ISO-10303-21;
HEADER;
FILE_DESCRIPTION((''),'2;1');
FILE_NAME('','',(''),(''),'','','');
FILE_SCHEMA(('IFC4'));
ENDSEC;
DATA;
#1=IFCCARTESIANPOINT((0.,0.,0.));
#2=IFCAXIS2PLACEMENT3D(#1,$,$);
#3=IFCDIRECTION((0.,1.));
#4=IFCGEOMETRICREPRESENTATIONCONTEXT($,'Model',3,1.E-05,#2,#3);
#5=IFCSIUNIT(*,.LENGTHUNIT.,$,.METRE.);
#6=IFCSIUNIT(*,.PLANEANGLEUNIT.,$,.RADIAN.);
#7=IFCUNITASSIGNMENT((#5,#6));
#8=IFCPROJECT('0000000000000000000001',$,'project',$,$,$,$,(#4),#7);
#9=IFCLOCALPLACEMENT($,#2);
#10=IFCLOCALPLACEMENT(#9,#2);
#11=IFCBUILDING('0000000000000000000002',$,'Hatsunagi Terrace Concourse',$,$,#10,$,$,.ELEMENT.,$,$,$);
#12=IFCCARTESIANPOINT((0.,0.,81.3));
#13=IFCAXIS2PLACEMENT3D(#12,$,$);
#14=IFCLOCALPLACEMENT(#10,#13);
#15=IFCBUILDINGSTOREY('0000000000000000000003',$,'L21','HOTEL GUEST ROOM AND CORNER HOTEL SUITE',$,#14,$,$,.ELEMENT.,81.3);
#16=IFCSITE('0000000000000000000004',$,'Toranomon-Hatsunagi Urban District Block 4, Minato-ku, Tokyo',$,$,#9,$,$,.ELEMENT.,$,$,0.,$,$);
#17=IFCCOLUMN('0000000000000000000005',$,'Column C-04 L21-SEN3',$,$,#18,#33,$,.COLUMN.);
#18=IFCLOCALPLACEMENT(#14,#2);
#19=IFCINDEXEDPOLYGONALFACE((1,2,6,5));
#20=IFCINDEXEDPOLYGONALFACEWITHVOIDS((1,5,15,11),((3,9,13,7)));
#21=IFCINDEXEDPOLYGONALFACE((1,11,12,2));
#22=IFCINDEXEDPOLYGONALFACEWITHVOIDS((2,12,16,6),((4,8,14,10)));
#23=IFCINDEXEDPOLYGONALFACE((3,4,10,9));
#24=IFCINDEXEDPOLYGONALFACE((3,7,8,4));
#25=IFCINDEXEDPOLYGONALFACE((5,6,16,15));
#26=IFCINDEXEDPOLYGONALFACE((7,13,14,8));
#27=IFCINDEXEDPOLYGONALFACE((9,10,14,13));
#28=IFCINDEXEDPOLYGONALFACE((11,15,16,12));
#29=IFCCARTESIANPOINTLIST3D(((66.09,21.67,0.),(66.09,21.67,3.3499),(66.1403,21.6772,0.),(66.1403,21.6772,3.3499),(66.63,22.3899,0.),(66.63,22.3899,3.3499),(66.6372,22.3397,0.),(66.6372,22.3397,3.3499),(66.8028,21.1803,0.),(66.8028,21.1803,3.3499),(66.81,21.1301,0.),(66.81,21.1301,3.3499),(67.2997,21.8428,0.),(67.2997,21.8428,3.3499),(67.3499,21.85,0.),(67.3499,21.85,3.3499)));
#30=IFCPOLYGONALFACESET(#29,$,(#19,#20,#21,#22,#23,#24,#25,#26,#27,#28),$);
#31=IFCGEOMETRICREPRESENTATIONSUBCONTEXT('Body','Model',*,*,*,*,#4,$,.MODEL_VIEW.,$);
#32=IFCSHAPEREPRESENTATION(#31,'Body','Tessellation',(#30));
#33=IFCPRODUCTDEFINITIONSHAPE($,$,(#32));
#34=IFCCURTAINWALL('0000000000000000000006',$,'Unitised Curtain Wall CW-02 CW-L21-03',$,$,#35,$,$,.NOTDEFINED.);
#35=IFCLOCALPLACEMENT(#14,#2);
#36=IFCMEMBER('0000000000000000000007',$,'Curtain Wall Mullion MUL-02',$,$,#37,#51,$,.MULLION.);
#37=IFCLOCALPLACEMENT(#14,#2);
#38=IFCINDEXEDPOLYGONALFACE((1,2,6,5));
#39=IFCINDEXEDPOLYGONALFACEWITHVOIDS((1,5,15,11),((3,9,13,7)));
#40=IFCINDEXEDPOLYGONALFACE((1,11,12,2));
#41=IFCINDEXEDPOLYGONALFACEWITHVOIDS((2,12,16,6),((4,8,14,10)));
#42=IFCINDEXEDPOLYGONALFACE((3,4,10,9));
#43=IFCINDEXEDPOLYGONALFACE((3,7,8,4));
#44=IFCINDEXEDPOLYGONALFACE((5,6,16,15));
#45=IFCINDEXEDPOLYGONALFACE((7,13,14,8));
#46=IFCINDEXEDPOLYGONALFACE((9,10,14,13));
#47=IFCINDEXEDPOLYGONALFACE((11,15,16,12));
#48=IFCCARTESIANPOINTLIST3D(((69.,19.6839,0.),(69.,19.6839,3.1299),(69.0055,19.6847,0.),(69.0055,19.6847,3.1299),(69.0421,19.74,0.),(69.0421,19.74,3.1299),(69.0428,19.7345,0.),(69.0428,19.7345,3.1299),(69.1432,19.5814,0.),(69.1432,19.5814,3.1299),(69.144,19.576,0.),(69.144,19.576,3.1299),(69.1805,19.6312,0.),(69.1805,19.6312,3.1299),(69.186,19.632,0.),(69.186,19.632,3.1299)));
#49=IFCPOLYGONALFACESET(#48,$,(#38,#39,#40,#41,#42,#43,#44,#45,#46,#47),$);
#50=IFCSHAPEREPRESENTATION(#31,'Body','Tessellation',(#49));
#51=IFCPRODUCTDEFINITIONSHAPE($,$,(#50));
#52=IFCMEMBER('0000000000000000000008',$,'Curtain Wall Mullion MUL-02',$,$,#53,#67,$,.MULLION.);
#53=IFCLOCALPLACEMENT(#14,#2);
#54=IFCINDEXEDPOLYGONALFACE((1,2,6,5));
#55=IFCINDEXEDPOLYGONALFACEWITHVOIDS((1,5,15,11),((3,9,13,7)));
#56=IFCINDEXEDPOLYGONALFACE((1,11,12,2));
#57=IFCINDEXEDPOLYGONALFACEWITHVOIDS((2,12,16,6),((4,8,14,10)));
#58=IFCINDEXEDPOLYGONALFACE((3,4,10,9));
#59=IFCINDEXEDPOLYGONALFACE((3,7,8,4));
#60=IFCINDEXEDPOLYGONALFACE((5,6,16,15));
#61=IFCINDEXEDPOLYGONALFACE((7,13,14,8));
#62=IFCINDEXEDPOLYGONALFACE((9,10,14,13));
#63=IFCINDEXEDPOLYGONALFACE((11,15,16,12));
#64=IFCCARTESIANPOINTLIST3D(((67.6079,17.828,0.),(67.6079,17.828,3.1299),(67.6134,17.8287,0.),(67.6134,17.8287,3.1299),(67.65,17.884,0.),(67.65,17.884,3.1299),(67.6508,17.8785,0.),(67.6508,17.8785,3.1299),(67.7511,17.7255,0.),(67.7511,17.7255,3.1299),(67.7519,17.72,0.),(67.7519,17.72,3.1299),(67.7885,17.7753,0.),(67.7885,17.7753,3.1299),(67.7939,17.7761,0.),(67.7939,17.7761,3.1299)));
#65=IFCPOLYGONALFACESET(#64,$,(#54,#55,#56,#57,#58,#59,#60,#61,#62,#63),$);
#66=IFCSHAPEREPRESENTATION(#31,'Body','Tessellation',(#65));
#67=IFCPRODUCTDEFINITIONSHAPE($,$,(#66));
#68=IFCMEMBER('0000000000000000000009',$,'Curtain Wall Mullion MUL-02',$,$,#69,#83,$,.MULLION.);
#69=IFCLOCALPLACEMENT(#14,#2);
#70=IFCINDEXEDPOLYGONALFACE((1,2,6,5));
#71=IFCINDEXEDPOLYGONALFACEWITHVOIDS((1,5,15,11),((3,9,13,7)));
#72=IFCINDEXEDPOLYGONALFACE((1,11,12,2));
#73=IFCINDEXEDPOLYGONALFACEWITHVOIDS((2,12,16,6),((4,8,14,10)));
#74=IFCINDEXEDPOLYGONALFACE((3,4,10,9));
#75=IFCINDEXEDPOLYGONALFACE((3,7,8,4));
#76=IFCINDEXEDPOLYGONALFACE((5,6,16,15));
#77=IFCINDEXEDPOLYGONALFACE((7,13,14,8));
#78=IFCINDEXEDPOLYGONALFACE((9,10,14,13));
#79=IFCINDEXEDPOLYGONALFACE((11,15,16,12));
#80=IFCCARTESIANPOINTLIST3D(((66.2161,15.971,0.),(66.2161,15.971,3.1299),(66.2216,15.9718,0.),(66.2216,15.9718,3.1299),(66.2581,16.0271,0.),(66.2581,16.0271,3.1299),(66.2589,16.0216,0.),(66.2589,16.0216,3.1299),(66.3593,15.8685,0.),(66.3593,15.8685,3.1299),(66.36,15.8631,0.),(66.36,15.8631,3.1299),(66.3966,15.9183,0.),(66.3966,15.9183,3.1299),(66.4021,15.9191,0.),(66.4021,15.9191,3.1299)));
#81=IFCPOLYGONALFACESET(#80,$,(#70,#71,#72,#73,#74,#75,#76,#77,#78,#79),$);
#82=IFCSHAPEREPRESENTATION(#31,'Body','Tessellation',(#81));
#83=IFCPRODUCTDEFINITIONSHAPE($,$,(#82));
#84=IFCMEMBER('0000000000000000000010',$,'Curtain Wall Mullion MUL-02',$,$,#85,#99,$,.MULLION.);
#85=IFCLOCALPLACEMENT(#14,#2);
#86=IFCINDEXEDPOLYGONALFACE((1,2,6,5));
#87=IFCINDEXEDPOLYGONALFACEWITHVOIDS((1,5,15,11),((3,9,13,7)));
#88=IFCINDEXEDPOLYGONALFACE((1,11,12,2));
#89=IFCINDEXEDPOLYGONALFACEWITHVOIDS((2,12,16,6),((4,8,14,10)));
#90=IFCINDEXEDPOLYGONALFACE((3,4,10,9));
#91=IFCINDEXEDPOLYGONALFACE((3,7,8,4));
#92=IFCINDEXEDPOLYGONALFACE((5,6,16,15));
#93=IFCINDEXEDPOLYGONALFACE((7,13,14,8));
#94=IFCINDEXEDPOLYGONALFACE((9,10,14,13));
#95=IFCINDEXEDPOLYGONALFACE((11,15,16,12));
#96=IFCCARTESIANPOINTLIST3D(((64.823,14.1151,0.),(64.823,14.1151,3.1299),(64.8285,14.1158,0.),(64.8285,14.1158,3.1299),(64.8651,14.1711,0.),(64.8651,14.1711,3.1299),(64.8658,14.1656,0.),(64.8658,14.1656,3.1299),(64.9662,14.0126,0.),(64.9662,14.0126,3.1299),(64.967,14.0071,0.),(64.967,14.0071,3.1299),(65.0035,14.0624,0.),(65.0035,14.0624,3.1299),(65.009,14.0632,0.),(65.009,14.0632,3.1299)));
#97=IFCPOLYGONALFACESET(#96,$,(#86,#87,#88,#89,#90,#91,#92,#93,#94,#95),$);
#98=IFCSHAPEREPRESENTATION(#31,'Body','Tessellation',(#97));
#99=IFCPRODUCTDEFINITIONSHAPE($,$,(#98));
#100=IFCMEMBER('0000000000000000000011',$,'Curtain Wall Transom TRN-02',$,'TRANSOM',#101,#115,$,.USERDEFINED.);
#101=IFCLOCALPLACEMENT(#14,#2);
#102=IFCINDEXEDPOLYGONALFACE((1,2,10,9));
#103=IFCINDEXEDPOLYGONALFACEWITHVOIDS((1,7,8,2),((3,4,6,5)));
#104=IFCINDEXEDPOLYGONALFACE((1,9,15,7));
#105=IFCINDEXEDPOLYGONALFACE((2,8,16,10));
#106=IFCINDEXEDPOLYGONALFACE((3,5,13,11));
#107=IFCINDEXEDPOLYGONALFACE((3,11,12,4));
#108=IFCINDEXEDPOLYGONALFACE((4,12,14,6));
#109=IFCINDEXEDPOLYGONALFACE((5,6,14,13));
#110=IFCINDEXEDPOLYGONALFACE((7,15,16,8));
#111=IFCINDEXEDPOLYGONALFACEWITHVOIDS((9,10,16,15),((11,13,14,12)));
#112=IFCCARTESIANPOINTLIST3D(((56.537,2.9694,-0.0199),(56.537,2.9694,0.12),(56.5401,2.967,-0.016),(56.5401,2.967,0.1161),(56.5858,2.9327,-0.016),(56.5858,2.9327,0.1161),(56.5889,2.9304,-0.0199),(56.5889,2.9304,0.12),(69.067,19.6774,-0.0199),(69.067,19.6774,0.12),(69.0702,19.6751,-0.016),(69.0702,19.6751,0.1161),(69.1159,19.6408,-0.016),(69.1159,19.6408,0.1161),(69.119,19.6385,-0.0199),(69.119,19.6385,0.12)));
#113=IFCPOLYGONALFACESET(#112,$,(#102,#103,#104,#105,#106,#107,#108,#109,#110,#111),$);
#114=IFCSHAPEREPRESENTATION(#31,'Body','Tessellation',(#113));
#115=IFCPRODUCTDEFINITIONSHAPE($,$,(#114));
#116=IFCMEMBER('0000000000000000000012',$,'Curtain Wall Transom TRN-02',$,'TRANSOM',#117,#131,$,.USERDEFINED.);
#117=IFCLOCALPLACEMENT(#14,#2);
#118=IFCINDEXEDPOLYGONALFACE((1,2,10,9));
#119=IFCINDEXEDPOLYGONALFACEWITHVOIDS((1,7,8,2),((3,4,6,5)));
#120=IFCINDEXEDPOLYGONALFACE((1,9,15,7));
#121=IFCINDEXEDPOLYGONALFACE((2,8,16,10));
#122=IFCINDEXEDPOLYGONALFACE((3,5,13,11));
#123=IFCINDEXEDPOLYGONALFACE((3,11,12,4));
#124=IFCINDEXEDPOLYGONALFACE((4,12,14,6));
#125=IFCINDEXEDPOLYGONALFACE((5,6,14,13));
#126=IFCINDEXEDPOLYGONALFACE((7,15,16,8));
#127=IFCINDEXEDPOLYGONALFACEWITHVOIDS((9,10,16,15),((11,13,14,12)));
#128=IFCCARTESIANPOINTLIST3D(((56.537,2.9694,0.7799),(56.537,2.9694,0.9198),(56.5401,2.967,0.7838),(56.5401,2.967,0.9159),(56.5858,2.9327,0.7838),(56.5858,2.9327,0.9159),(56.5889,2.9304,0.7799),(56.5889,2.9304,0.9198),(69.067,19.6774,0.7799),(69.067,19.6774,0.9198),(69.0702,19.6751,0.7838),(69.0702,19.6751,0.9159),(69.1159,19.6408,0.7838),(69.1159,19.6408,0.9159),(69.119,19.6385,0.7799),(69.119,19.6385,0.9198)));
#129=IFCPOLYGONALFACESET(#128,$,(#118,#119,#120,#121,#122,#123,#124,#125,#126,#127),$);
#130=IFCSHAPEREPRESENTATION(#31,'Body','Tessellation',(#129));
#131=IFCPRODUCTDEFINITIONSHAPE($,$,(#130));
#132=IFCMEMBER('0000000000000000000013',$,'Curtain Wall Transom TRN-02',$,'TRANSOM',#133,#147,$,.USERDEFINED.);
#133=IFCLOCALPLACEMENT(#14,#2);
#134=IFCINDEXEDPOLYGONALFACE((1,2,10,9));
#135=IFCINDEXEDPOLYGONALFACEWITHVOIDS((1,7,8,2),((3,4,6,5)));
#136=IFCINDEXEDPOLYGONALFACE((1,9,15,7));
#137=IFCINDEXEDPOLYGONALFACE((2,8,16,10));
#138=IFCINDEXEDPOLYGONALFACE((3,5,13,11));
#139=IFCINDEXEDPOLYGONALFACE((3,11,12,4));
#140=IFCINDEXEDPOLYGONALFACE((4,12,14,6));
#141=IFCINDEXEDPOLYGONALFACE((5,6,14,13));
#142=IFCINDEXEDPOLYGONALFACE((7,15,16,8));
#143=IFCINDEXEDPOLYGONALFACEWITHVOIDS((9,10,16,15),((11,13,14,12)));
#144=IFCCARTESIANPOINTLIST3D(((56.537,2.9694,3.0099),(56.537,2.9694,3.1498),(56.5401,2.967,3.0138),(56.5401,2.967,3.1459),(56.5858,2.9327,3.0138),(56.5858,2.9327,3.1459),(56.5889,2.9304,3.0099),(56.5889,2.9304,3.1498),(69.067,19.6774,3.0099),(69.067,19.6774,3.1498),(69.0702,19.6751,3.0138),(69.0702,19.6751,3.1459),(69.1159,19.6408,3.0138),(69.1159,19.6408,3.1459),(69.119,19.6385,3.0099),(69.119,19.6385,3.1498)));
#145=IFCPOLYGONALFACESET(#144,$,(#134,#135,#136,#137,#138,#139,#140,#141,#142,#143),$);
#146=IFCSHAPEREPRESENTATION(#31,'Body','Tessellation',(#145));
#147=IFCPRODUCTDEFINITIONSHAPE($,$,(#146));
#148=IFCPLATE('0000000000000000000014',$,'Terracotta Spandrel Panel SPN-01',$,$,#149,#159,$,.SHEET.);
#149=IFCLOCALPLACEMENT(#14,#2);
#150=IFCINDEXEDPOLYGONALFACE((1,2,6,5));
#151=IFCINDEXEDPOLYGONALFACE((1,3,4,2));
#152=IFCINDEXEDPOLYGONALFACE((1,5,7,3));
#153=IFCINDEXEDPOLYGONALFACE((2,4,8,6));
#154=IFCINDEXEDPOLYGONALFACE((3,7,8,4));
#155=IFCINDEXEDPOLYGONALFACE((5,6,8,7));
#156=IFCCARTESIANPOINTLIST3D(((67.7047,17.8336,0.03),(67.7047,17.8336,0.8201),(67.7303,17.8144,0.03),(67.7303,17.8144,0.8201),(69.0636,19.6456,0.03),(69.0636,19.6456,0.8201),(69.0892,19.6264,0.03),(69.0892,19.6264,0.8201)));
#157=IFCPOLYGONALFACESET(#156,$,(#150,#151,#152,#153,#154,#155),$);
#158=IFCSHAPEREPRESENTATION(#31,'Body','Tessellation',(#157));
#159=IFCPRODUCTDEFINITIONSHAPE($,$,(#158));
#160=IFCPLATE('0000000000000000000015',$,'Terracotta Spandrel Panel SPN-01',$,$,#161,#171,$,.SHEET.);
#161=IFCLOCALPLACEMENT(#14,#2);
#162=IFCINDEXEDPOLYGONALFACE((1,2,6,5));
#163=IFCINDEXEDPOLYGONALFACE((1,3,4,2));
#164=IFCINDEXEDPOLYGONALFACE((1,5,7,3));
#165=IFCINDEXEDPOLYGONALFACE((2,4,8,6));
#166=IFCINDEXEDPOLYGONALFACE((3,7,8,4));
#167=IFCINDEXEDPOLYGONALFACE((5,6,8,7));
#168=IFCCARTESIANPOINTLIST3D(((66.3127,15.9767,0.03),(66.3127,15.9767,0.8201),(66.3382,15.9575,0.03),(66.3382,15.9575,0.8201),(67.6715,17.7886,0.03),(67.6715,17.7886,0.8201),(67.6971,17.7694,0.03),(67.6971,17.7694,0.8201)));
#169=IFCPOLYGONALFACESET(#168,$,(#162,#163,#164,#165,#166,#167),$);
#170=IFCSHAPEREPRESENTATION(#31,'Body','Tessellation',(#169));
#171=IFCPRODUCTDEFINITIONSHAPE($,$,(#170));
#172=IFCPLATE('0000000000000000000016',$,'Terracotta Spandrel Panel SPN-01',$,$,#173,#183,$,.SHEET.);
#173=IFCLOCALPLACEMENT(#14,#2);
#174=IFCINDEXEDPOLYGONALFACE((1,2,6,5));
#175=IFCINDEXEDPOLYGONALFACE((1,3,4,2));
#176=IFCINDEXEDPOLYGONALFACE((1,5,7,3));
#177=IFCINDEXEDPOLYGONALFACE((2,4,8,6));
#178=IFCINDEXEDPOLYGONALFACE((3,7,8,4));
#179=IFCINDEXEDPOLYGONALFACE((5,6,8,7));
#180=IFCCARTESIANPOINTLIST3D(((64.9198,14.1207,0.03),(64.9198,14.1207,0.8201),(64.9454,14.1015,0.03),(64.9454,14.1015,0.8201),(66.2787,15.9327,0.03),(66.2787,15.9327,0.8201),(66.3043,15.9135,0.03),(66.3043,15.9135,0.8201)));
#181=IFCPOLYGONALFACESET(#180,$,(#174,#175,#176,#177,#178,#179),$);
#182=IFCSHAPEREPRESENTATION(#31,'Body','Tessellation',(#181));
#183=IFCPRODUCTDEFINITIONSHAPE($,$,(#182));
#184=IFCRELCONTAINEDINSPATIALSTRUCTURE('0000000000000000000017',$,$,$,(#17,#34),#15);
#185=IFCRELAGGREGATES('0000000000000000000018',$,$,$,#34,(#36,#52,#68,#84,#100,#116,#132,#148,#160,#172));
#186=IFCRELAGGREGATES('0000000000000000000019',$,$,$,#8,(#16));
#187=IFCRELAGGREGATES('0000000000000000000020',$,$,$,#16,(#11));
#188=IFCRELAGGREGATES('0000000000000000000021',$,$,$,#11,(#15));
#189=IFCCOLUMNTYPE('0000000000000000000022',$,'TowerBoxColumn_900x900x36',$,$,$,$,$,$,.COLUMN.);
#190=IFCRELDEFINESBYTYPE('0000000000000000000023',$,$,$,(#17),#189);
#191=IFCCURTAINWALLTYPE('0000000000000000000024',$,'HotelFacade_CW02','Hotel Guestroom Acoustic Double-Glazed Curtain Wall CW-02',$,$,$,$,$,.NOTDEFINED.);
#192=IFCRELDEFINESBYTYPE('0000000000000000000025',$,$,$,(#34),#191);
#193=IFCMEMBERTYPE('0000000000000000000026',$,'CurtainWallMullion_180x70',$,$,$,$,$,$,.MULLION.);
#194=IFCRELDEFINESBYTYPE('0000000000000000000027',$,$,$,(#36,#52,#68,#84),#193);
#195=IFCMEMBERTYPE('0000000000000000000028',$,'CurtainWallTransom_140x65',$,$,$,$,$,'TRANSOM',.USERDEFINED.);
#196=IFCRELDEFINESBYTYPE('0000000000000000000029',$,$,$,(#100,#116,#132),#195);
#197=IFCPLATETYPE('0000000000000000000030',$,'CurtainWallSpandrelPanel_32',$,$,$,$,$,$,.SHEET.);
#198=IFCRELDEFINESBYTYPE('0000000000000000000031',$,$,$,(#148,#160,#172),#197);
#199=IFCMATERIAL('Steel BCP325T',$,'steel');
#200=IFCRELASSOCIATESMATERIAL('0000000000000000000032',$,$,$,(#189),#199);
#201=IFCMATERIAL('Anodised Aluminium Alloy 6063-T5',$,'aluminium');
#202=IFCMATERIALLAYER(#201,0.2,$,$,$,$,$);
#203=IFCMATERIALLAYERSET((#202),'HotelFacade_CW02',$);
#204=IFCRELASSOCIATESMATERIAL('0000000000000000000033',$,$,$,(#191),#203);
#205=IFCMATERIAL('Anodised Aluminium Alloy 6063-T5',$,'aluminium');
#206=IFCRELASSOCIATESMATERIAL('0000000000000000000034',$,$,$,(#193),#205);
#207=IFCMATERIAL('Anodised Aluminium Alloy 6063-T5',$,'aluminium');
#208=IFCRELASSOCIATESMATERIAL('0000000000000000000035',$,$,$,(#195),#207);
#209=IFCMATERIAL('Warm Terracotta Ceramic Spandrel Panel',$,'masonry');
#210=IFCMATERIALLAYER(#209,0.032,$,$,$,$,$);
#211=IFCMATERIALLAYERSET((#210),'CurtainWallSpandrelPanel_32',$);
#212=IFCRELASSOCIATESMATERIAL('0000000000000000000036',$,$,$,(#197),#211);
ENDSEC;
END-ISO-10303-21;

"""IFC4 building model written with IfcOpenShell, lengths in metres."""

from ifc_helpers import new_model, si_unit, direction, frame, origin, origin_2d, place, context, subcontext, project, spatial, rectangle, hollow_rectangle, extrude, material, layer, layer_set, material_profile, profile_set, type_object, element, aggregate, save


model = new_model("IFC4")

# Units and contexts
model_context = context("Model", 3, precision=1e-05, world=origin(), true_north=direction((0.0, 1.0)))
body_context = subcontext(model_context, "Body", "Model", "MODEL_VIEW")
ifc_project = project(units=[si_unit("LENGTHUNIT", "METRE"), si_unit("PLANEANGLEUNIT", "RADIAN")], contexts=[model_context])

# Site, building, storey
site_placement = place(None, origin())
site = spatial("IfcSite", under=ifc_project, at=site_placement, Name="Toranomon-Hatsunagi Urban District Block 4, Minato-ku, Tokyo", CompositionType="ELEMENT", RefElevation=0.0)
building_placement = place(site_placement, origin())
building = spatial("IfcBuilding", under=site, at=building_placement, Name="Hatsunagi Terrace Concourse", CompositionType="ELEMENT")
storey_placement = place(building_placement, frame((0.0, 0.0, 81.3)))
storey = spatial("IfcBuildingStorey", under=building, at=storey_placement, Name="L21", Description="HOTEL GUEST ROOM AND CORNER HOTEL SUITE", CompositionType="ELEMENT", Elevation=81.3)

# Column
ifc_material_1 = material(Name="Steel BCP325T", Category="steel")
ifc_material_profile_1 = material_profile(ifc_material_1, hollow_rectangle(XDim=0.8999, YDim=0.8999, WallThickness=0.0359, at=origin_2d()), Name="BCP-900x900x36")
ifc_profile_set_1 = profile_set([ifc_material_profile_1], Name="Steel BCP325T")
column_type = type_object("IfcColumnType", Name="TowerBoxColumn_900x900x36", PredefinedType="COLUMN", material=ifc_profile_set_1)
column_placement = place(storey_placement, frame((66.72, 21.76, 0.0), z_axis=(0.0, 0.0, 1.0), x_axis=(0.8, -0.6, 0.0)))
element("IfcColumn", 1, at=column_placement, inside=storey, type_object=column_type, Name="Column C-04 L21-SEN3", PredefinedType="COLUMN", context=body_context, shape_type="SweptSolid", body=[
    extrude(hollow_rectangle(XDim=0.8999, YDim=0.8999, WallThickness=0.0359, at=origin_2d()), origin(), (0.0, 0.0, 1.0), 3.3499),
])

# Curtain wall, members, plates
ifc_material_2 = material(Name="Anodised Aluminium Alloy 6063-T5", Category="aluminium")
ifc_layer_1 = layer(ifc_material_2, 0.2)
ifc_layer_set_1 = layer_set([ifc_layer_1], Name="HotelFacade_CW02")
curtain_wall_type = type_object("IfcCurtainWallType", Name="HotelFacade_CW02", Description="Hotel Guestroom Acoustic Double-Glazed Curtain Wall CW-02", PredefinedType="NOTDEFINED", material=ifc_layer_set_1)
curtain_wall_placement = place(storey_placement, origin())
curtain_wall = element("IfcCurtainWall", 2, at=curtain_wall_placement, inside=storey, type_object=curtain_wall_type, Name="Unitised Curtain Wall CW-02 CW-L21-03", PredefinedType="NOTDEFINED")
ifc_material_3 = material(Name="Anodised Aluminium Alloy 6063-T5", Category="aluminium")
ifc_material_profile_2 = material_profile(ifc_material_3, hollow_rectangle(XDim=0.0701, YDim=0.1799, WallThickness=0.0039, at=origin_2d()), Name="ALU-MUL-180x70x4")
ifc_profile_set_2 = profile_set([ifc_material_profile_2], Name="Anodised Aluminium Alloy 6063-T5")
member_type_1 = type_object("IfcMemberType", Name="CurtainWallMullion_180x70", PredefinedType="MULLION", material=ifc_profile_set_2)
member_1_placement = place(storey_placement, frame((69.093, 19.658, 0.0), z_axis=(0.0, 0.0, 1.0), x_axis=(-0.599969, -0.800023, 0.0)))
member_1 = element("IfcMember", 3, at=member_1_placement, type_object=member_type_1, Name="Curtain Wall Mullion MUL-02", PredefinedType="MULLION", context=body_context, shape_type="SweptSolid", body=[
    extrude(hollow_rectangle(XDim=0.0701, YDim=0.1799, WallThickness=0.0039, at=origin_2d()), origin(), (0.0, 0.0, 1.0), 3.1299),
])
member_2_placement = place(storey_placement, frame((67.7009, 17.802, 0.0), z_axis=(0.0, 0.0, 1.0), x_axis=(-0.599969, -0.800023, 0.0)))
member_2 = element("IfcMember", 4, at=member_2_placement, type_object=member_type_1, Name="Curtain Wall Mullion MUL-02", PredefinedType="MULLION", context=body_context, shape_type="SweptSolid", body=[
    extrude(hollow_rectangle(XDim=0.0701, YDim=0.1799, WallThickness=0.0039, at=origin_2d()), origin(), (0.0, 0.0, 1.0), 3.1299),
])
member_3_placement = place(storey_placement, frame((66.3091, 15.9451, 0.0), z_axis=(0.0, 0.0, 1.0), x_axis=(-0.599969, -0.800023, 0.0)))
member_3 = element("IfcMember", 5, at=member_3_placement, type_object=member_type_1, Name="Curtain Wall Mullion MUL-02", PredefinedType="MULLION", context=body_context, shape_type="SweptSolid", body=[
    extrude(hollow_rectangle(XDim=0.0701, YDim=0.1799, WallThickness=0.0039, at=origin_2d()), origin(), (0.0, 0.0, 1.0), 3.1299),
])
member_4_placement = place(storey_placement, frame((64.916, 14.0891, 0.0), z_axis=(0.0, 0.0, 1.0), x_axis=(-0.599969, -0.800023, 0.0)))
member_4 = element("IfcMember", 6, at=member_4_placement, type_object=member_type_1, Name="Curtain Wall Mullion MUL-02", PredefinedType="MULLION", context=body_context, shape_type="SweptSolid", body=[
    extrude(hollow_rectangle(XDim=0.0701, YDim=0.1799, WallThickness=0.0039, at=origin_2d()), origin(), (0.0, 0.0, 1.0), 3.1299),
])
ifc_material_4 = material(Name="Anodised Aluminium Alloy 6063-T5", Category="aluminium")
ifc_material_profile_3 = material_profile(ifc_material_4, hollow_rectangle(XDim=0.0649, YDim=0.1399, WallThickness=0.0039, at=origin_2d()), Name="ALU-TRN-140x65x4")
ifc_profile_set_3 = profile_set([ifc_material_profile_3], Name="Anodised Aluminium Alloy 6063-T5")
member_type_2 = type_object("IfcMemberType", Name="CurtainWallTransom_140x65", ElementType="TRANSOM", PredefinedType="USERDEFINED", material=ifc_profile_set_3)
member_5_placement = place(storey_placement, frame((69.093, 19.658, 0.05), z_axis=(-0.59997, -0.800022, 0.0), x_axis=(0.800022, -0.59997, 0.0)))
member_5 = element("IfcMember", 7, at=member_5_placement, type_object=member_type_2, Name="Curtain Wall Transom TRN-02", ObjectType="TRANSOM", PredefinedType="USERDEFINED", context=body_context, shape_type="SweptSolid", body=[
    extrude(hollow_rectangle(XDim=0.0649, YDim=0.1399, WallThickness=0.0039, at=origin_2d()), origin(), (0.0, 0.0, 1.0), 20.8845),
])
member_6_placement = place(storey_placement, frame((69.093, 19.658, 0.8499), z_axis=(-0.59997, -0.800022, 0.0), x_axis=(0.800022, -0.59997, 0.0)))
member_6 = element("IfcMember", 8, at=member_6_placement, type_object=member_type_2, Name="Curtain Wall Transom TRN-02", ObjectType="TRANSOM", PredefinedType="USERDEFINED", context=body_context, shape_type="SweptSolid", body=[
    extrude(hollow_rectangle(XDim=0.0649, YDim=0.1399, WallThickness=0.0039, at=origin_2d()), origin(), (0.0, 0.0, 1.0), 20.8845),
])
member_7_placement = place(storey_placement, frame((69.093, 19.658, 3.0798), z_axis=(-0.59997, -0.800022, 0.0), x_axis=(0.800022, -0.59997, 0.0)))
member_7 = element("IfcMember", 9, at=member_7_placement, type_object=member_type_2, Name="Curtain Wall Transom TRN-02", ObjectType="TRANSOM", PredefinedType="USERDEFINED", context=body_context, shape_type="SweptSolid", body=[
    extrude(hollow_rectangle(XDim=0.0649, YDim=0.1399, WallThickness=0.0039, at=origin_2d()), origin(), (0.0, 0.0, 1.0), 20.8845),
])
ifc_material_5 = material(Name="Warm Terracotta Ceramic Spandrel Panel", Category="masonry")
ifc_layer_2 = layer(ifc_material_5, 0.032)
ifc_layer_set_2 = layer_set([ifc_layer_2], Name="CurtainWallSpandrelPanel_32")
plate_type_1 = type_object("IfcPlateType", Name="CurtainWallSpandrelPanel_32", PredefinedType="SHEET", material=ifc_layer_set_2)
plate_1_placement = place(storey_placement, frame((68.397, 18.73, 0.03), z_axis=(0.0, 0.0, 1.0), x_axis=(-0.599969, -0.800023, 0.0)))
plate_1 = element("IfcPlate", 10, at=plate_1_placement, type_object=plate_type_1, Name="Terracotta Spandrel Panel SPN-01", PredefinedType="SHEET", context=body_context, shape_type="SweptSolid", body=[
    extrude(rectangle(XDim=2.2649, YDim=0.032, at=origin_2d()), origin(), (0.0, 0.0, 1.0), 0.79),
])
plate_2_placement = place(storey_placement, frame((67.0049, 16.873, 0.03), z_axis=(0.0, 0.0, 1.0), x_axis=(-0.599969, -0.800023, 0.0)))
plate_2 = element("IfcPlate", 11, at=plate_2_placement, type_object=plate_type_1, Name="Terracotta Spandrel Panel SPN-01", PredefinedType="SHEET", context=body_context, shape_type="SweptSolid", body=[
    extrude(rectangle(XDim=2.2649, YDim=0.032, at=origin_2d()), origin(), (0.0, 0.0, 1.0), 0.79),
])
plate_3_placement = place(storey_placement, frame((65.6121, 15.0171, 0.03), z_axis=(0.0, 0.0, 1.0), x_axis=(-0.599969, -0.800023, 0.0)))
plate_3 = element("IfcPlate", 12, at=plate_3_placement, type_object=plate_type_1, Name="Terracotta Spandrel Panel SPN-01", PredefinedType="SHEET", context=body_context, shape_type="SweptSolid", body=[
    extrude(rectangle(XDim=2.2649, YDim=0.032, at=origin_2d()), origin(), (0.0, 0.0, 1.0), 0.79),
])
aggregate(curtain_wall, [member_1, member_2, member_3, member_4, member_5, member_6, member_7, plate_1, plate_2, plate_3])

save(model, "model.ifc")
